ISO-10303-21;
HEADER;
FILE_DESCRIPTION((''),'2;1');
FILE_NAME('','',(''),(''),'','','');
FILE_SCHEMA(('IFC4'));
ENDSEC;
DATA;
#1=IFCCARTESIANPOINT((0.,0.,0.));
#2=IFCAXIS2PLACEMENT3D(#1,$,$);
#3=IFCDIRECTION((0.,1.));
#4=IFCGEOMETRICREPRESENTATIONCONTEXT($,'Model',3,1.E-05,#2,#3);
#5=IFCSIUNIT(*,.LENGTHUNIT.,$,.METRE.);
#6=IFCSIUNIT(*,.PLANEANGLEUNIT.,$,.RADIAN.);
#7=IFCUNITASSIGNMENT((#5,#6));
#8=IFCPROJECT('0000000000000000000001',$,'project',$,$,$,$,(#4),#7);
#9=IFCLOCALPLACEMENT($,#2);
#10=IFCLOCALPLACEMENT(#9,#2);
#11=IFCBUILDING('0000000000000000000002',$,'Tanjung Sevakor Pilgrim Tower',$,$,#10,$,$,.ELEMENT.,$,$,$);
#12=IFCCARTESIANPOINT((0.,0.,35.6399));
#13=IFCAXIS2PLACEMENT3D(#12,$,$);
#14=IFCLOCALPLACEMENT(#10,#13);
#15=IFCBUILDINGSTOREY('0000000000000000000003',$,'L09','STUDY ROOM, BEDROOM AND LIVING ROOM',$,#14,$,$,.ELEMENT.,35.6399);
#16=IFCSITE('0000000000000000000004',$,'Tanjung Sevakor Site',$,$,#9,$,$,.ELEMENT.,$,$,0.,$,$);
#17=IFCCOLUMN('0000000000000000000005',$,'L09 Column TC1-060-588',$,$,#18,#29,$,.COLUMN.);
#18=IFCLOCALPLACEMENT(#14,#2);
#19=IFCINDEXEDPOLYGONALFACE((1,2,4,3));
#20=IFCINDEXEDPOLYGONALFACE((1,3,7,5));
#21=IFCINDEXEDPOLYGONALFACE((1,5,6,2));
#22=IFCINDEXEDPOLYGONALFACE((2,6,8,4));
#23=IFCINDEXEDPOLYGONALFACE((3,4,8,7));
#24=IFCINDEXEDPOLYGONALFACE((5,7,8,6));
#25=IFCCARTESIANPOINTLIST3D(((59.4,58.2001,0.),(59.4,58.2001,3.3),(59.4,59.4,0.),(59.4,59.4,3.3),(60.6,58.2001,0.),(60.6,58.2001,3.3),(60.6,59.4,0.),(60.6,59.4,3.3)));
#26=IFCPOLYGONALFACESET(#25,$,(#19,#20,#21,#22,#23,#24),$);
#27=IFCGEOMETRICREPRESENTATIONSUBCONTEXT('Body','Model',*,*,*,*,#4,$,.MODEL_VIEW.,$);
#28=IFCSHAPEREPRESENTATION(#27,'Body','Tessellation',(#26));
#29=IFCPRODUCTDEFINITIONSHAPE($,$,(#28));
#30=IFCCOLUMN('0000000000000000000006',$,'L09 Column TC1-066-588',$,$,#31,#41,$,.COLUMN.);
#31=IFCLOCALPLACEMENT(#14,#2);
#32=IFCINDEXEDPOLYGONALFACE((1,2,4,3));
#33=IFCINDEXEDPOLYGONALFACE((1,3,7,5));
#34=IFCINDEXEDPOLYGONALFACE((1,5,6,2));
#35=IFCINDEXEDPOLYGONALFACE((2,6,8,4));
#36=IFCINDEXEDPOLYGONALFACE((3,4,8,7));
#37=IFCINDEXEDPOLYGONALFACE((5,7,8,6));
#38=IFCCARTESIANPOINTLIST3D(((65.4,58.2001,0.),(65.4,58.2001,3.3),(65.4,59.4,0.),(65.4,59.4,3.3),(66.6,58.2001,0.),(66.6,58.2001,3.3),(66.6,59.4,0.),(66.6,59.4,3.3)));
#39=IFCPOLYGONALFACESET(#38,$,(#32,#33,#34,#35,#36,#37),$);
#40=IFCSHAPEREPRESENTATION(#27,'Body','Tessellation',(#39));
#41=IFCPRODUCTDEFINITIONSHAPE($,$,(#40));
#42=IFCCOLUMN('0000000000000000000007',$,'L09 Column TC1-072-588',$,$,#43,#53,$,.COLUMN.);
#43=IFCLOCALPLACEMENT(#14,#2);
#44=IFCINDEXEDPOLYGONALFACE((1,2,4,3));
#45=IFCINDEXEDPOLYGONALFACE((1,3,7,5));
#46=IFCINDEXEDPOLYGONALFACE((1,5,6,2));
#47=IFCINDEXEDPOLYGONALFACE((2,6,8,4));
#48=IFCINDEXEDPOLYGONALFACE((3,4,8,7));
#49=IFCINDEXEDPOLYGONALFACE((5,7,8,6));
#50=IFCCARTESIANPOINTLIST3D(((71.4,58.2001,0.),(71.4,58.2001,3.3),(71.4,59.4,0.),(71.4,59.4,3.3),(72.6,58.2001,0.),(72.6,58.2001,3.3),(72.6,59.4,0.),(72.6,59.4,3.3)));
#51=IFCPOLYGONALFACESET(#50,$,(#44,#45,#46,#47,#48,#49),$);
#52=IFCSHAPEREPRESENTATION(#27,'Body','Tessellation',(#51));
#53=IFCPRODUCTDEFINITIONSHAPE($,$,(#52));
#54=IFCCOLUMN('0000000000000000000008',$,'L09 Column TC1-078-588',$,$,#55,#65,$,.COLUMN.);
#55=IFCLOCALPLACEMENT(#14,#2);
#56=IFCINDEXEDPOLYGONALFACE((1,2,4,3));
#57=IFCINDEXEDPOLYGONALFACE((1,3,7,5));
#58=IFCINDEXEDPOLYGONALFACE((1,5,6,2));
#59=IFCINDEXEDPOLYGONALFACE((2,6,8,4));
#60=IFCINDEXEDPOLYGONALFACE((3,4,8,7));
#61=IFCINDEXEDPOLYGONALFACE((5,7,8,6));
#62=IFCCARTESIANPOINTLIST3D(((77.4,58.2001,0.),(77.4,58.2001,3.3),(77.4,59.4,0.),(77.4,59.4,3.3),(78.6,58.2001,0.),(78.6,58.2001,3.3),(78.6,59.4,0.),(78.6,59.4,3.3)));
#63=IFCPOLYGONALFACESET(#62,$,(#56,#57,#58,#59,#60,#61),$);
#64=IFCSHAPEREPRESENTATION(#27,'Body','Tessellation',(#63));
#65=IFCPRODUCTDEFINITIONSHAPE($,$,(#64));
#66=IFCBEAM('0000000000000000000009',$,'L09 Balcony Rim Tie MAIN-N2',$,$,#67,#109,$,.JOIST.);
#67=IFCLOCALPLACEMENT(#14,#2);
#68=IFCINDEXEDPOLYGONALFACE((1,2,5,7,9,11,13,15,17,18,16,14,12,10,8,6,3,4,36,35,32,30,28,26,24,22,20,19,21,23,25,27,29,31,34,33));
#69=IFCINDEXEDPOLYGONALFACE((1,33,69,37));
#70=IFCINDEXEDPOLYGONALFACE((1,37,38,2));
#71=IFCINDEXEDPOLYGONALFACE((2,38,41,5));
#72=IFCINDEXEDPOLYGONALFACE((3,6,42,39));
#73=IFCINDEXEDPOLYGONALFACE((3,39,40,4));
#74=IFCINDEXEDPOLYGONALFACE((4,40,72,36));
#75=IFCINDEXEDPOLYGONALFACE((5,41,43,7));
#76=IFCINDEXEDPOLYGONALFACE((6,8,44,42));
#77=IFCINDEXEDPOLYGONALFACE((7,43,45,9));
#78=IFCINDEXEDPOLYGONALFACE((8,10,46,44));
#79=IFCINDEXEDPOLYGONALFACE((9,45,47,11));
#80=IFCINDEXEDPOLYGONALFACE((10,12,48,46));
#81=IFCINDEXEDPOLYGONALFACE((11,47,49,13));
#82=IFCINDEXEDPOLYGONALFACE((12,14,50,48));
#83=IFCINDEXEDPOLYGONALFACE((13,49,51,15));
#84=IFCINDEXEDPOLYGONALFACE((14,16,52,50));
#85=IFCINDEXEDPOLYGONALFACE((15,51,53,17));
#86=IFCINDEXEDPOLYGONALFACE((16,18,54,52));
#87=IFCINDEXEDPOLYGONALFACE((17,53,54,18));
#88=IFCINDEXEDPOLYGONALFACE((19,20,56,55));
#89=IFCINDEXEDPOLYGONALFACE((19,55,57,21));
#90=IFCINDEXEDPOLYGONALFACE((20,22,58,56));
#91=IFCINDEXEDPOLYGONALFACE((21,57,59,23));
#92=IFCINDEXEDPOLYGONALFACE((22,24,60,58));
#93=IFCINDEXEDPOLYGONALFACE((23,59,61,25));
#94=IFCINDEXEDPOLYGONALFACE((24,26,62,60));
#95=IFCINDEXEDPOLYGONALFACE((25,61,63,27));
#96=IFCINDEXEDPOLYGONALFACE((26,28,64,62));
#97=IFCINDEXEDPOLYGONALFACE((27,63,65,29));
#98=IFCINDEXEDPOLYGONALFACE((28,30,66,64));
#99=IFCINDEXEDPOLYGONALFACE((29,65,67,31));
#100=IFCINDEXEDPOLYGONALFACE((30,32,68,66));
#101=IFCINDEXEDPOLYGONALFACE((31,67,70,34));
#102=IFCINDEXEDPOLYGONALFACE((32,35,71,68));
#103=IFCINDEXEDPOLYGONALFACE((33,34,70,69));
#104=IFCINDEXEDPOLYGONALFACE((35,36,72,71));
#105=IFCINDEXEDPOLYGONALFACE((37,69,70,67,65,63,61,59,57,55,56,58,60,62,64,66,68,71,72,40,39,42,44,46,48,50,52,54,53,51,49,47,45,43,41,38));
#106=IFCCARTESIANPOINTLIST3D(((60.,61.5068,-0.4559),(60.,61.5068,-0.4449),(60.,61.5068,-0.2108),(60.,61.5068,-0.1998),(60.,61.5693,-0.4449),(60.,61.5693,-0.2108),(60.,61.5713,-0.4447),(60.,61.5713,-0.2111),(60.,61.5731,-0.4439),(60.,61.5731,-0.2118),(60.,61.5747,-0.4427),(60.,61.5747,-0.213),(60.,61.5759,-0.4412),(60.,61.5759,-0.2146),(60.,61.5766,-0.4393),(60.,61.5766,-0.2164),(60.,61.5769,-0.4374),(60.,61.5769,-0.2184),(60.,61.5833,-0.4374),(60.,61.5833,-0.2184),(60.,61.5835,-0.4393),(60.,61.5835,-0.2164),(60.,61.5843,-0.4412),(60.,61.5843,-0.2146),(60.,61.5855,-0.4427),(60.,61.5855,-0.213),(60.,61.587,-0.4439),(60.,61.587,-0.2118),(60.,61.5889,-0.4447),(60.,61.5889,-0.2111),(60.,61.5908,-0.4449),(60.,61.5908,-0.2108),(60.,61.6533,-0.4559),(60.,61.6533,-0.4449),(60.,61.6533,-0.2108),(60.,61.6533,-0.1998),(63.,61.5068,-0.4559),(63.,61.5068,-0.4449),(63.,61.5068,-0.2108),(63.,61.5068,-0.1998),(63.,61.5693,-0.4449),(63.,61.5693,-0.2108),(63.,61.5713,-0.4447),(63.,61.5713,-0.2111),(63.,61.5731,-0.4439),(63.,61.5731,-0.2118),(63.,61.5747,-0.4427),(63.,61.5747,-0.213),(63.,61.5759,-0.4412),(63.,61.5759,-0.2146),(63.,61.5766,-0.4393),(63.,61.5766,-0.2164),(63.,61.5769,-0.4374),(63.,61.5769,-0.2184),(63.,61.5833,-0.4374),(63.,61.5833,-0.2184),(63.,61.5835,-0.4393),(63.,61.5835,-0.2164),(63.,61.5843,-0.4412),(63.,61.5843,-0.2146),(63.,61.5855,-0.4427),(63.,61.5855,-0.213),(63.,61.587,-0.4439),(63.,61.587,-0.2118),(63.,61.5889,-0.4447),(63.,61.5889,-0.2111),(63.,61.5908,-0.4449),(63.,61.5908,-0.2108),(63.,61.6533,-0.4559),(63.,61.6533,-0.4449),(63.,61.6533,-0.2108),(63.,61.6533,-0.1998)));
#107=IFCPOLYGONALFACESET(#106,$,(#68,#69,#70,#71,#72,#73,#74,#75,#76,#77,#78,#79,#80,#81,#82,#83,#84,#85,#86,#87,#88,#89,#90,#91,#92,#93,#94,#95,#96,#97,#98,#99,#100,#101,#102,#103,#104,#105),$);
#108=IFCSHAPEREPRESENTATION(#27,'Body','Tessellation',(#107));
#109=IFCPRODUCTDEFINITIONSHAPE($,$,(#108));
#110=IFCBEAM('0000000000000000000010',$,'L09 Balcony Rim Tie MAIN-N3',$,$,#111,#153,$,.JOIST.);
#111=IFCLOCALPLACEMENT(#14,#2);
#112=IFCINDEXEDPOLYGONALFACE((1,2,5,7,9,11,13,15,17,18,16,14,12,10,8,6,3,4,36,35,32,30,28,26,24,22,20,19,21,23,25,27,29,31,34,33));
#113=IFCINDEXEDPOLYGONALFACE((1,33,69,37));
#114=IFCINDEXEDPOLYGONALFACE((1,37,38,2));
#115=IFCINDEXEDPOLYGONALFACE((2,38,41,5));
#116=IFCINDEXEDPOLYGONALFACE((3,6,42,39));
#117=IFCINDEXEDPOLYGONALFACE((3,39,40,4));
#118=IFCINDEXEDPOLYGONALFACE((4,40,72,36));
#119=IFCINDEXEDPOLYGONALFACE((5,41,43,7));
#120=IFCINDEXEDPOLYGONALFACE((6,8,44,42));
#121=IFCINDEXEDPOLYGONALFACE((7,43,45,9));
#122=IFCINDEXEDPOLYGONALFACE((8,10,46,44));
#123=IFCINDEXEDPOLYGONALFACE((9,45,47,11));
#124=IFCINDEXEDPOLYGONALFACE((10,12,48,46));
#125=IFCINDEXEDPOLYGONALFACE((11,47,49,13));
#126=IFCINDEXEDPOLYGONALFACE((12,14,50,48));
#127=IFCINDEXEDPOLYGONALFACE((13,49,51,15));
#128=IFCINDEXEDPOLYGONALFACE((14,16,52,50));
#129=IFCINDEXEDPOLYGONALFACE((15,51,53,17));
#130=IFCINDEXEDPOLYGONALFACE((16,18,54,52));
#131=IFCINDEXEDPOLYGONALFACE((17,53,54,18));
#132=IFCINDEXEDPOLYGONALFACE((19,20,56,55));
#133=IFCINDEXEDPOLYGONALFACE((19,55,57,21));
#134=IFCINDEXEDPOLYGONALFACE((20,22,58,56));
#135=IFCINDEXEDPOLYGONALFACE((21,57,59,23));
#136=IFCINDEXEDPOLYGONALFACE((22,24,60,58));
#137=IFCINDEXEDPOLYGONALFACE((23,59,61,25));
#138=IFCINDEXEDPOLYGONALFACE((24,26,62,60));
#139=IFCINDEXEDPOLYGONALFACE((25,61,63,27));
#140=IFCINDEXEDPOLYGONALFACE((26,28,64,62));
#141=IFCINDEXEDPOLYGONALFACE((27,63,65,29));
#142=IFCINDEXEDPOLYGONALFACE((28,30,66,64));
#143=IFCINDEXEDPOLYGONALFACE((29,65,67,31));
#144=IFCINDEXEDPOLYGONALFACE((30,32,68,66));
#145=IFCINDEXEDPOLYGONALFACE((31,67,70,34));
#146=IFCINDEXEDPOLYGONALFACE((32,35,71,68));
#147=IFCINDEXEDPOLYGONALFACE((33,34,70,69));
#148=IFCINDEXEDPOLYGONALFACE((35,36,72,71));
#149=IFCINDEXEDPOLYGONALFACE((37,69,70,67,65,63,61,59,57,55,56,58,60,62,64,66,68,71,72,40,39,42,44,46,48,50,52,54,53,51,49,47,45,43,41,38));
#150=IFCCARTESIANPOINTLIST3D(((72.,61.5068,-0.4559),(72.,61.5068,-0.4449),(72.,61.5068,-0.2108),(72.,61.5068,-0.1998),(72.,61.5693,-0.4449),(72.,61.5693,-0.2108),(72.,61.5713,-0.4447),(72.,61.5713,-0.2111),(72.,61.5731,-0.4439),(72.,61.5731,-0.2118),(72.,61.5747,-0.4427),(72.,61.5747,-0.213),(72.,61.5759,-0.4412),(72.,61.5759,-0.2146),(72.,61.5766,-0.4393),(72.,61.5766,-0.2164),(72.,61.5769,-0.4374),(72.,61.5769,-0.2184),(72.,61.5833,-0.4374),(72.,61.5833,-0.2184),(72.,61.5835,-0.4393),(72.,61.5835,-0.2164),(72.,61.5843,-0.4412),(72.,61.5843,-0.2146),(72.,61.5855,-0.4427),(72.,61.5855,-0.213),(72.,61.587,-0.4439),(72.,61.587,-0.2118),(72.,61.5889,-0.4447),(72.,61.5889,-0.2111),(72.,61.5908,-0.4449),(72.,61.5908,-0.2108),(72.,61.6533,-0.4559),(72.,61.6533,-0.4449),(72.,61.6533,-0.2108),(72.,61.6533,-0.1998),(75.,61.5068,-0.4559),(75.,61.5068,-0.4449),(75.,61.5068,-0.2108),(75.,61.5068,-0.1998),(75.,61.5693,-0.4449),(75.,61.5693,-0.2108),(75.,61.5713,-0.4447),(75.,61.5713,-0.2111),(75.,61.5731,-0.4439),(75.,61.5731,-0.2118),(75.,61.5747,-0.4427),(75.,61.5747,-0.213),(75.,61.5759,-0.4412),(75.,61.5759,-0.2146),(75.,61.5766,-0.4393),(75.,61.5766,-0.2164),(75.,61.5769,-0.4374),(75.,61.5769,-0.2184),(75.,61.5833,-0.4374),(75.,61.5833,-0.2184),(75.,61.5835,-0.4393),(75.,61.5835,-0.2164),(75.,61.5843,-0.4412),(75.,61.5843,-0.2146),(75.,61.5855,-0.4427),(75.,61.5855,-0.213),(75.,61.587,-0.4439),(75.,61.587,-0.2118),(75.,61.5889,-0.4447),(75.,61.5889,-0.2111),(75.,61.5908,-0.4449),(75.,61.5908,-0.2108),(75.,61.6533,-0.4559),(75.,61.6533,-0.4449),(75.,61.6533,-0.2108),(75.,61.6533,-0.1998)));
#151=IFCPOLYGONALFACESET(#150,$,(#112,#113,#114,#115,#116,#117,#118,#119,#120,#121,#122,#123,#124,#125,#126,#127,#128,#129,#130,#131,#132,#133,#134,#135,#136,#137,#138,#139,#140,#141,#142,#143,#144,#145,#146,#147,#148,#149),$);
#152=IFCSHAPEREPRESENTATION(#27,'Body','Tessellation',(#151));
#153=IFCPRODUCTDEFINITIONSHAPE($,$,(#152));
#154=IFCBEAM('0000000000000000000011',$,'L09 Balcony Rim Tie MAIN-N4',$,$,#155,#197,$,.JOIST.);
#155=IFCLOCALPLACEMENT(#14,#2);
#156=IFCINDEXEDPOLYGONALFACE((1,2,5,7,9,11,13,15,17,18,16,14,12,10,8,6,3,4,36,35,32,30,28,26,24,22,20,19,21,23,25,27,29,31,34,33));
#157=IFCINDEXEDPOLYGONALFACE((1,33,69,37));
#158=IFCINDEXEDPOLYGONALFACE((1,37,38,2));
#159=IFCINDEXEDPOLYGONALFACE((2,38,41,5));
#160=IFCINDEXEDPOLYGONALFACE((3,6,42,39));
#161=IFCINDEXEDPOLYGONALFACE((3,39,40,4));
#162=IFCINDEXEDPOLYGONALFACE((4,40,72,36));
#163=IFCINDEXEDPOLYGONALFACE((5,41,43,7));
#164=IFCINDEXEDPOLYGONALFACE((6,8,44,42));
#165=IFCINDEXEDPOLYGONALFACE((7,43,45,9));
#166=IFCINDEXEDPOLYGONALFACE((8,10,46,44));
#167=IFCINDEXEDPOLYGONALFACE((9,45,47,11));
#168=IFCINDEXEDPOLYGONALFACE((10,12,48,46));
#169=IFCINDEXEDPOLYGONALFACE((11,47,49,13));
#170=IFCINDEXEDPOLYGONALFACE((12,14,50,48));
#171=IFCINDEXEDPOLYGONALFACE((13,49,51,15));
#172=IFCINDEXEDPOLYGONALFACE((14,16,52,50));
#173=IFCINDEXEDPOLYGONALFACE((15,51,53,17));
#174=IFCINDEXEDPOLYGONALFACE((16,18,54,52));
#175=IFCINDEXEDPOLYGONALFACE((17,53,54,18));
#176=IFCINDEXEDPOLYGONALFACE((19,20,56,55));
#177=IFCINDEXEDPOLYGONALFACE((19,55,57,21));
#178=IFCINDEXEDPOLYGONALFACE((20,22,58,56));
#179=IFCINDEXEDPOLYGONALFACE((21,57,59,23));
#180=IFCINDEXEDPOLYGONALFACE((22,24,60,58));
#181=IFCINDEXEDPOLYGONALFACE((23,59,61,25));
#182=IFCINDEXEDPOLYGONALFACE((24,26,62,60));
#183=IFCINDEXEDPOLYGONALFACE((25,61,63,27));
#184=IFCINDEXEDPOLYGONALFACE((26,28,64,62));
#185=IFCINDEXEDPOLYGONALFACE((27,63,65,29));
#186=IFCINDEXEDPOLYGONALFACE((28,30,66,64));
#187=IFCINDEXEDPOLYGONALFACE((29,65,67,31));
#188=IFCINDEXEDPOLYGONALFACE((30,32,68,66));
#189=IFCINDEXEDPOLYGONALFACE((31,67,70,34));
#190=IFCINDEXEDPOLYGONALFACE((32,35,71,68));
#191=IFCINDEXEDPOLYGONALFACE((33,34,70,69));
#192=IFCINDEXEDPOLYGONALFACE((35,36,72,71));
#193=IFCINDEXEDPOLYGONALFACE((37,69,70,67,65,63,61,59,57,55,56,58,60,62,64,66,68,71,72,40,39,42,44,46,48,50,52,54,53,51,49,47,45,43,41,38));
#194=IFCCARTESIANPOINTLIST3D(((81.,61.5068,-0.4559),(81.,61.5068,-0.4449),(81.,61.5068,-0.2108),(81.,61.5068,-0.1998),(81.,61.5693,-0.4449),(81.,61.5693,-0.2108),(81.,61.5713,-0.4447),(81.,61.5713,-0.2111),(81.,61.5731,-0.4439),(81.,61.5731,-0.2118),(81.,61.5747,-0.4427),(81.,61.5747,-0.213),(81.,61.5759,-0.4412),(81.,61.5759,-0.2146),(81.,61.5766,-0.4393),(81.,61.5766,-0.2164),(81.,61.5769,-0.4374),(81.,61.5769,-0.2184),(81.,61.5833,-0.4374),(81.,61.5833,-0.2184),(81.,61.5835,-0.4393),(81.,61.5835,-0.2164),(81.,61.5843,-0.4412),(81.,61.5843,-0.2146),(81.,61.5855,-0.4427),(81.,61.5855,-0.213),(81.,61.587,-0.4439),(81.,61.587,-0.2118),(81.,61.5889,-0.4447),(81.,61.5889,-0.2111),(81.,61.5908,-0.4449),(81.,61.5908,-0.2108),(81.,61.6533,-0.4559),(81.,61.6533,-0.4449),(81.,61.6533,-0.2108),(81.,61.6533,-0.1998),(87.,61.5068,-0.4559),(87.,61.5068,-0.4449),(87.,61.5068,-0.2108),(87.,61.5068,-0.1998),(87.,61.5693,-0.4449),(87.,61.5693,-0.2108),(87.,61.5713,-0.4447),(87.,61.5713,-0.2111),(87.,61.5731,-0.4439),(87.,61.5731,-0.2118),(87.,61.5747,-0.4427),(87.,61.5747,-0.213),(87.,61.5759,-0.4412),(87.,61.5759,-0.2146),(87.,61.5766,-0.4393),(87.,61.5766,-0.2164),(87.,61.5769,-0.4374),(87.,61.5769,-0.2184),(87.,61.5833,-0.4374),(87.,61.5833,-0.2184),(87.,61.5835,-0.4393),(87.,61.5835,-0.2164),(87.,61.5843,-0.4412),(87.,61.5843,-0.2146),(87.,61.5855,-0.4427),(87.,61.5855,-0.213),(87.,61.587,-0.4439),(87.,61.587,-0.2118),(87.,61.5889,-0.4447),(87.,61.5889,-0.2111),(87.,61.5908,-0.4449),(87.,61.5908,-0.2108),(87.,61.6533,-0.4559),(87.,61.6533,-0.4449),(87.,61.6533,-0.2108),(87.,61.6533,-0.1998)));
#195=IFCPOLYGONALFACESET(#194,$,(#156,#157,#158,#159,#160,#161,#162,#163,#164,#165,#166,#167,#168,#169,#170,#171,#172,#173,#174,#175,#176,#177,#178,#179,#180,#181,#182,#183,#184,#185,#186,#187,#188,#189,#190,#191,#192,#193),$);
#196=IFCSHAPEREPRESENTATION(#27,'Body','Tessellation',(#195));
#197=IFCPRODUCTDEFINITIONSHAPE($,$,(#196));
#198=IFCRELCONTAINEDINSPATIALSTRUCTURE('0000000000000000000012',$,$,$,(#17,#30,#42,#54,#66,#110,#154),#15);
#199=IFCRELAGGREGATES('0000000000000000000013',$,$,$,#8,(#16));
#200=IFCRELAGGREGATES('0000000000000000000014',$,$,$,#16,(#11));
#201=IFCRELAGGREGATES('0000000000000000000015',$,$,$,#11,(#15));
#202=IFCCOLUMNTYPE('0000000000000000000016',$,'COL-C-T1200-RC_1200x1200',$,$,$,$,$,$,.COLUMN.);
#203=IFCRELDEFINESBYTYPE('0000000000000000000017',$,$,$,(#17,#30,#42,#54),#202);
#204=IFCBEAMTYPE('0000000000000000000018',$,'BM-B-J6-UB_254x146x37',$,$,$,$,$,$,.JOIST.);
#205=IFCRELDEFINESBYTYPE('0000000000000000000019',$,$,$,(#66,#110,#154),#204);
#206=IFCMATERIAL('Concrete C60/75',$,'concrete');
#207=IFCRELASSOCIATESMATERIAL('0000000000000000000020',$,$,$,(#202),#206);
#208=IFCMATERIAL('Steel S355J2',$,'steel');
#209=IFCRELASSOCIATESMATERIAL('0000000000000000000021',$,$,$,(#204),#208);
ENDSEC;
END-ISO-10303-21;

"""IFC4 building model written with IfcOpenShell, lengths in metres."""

from ifc_helpers import new_model, si_unit, direction, frame, origin, origin_2d, place, context, subcontext, project, spatial, rectangle, i_section, extrude, material, material_profile, profile_set, type_object, element, save


model = new_model("IFC4")

# Units and contexts
model_context = context("Model", 3, precision=1e-05, world=origin(), true_north=direction((0.0, 1.0)))
body_context = subcontext(model_context, "Body", "Model", "MODEL_VIEW")
ifc_project = project(units=[si_unit("LENGTHUNIT", "METRE"), si_unit("PLANEANGLEUNIT", "RADIAN")], contexts=[model_context])

# Site, building, storey
site_placement = place(None, origin())
site = spatial("IfcSite", under=ifc_project, at=site_placement, Name="Tanjung Sevakor Site", CompositionType="ELEMENT", RefElevation=0.0)
building_placement = place(site_placement, origin())
building = spatial("IfcBuilding", under=site, at=building_placement, Name="Tanjung Sevakor Pilgrim Tower", CompositionType="ELEMENT")
storey_placement = place(building_placement, frame((0.0, 0.0, 35.6399)))
storey = spatial("IfcBuildingStorey", under=building, at=storey_placement, Name="L09", Description="STUDY ROOM, BEDROOM AND LIVING ROOM", CompositionType="ELEMENT", Elevation=35.6399)

# Columns
ifc_material_1 = material(Name="Concrete C60/75", Category="concrete")
ifc_material_profile_1 = material_profile(ifc_material_1, rectangle(XDim=1.2, YDim=1.2, at=origin_2d()))
ifc_profile_set_1 = profile_set([ifc_material_profile_1], Name="Concrete C60/75")
column_type = type_object("IfcColumnType", Name="COL-C-T1200-RC_1200x1200", PredefinedType="COLUMN", material=ifc_profile_set_1)
for number, where, z_axis, x_axis, name in (
    (1, (60.0, 58.8, 0.0), (0.0, 0.0, 1.0), (1.0, 0.0, 0.0), "L09 Column TC1-060-588"),
    (2, (66.0, 58.8, 0.0), (0.0, 0.0, 1.0), (1.0, 0.0, 0.0), "L09 Column TC1-066-588"),
    (3, (72.0, 58.8, 0.0), (0.0, 0.0, 1.0), (1.0, 0.0, 0.0), "L09 Column TC1-072-588"),
    (4, (78.0, 58.8, 0.0), (0.0, 0.0, 1.0), (1.0, 0.0, 0.0), "L09 Column TC1-078-588"),
):
    element("IfcColumn", number, at=place(storey_placement, frame(where, z_axis=z_axis, x_axis=x_axis)), inside=storey, type_object=column_type, Name=name, PredefinedType="COLUMN", context=body_context, shape_type="SweptSolid", body=[
        extrude(rectangle(XDim=1.2, YDim=1.2, at=origin_2d()), origin(), (0.0, 0.0, 1.0), 3.3),
    ])

# Beams
ifc_material_2 = material(Name="Steel S355J2", Category="steel")
ifc_material_profile_2 = material_profile(ifc_material_2, i_section(OverallWidth=0.1465, OverallDepth=0.2561, WebThickness=0.0063, FlangeThickness=0.011, FilletRadius=0.0076, at=origin_2d()))
ifc_profile_set_2 = profile_set([ifc_material_profile_2], Name="Steel S355J2")
beam_type_1 = type_object("IfcBeamType", Name="BM-B-J6-UB_254x146x37", PredefinedType="JOIST", material=ifc_profile_set_2)
for number, where, z_axis, x_axis, name in (
    (5, (60.0, 61.5801, -0.3279), (1.0, 0.0, 0.0), (0.0, 1.0, 0.0), "L09 Balcony Rim Tie MAIN-N2"),
    (6, (72.0, 61.5801, -0.3279), (1.0, 0.0, 0.0), (0.0, 1.0, 0.0), "L09 Balcony Rim Tie MAIN-N3"),
):
    element("IfcBeam", number, at=place(storey_placement, frame(where, z_axis=z_axis, x_axis=x_axis)), inside=storey, type_object=beam_type_1, Name=name, PredefinedType="JOIST", context=body_context, shape_type="SweptSolid", body=[
        extrude(i_section(OverallWidth=0.1465, OverallDepth=0.2561, WebThickness=0.0063, FlangeThickness=0.011, FilletRadius=0.0076, at=origin_2d()), origin(), (0.0, 0.0, 1.0), 3.0),
    ])
beam_placement = place(storey_placement, frame((81.0, 61.5801, -0.3279), z_axis=(1.0, 0.0, 0.0), x_axis=(0.0, 1.0, 0.0)))
element("IfcBeam", 7, at=beam_placement, inside=storey, type_object=beam_type_1, Name="L09 Balcony Rim Tie MAIN-N4", PredefinedType="JOIST", context=body_context, shape_type="SweptSolid", body=[
    extrude(i_section(OverallWidth=0.1465, OverallDepth=0.2561, WebThickness=0.0063, FlangeThickness=0.011, FilletRadius=0.0076, at=origin_2d()), origin(), (0.0, 0.0, 1.0), 6.0),
])

save(model, "model.ifc")
